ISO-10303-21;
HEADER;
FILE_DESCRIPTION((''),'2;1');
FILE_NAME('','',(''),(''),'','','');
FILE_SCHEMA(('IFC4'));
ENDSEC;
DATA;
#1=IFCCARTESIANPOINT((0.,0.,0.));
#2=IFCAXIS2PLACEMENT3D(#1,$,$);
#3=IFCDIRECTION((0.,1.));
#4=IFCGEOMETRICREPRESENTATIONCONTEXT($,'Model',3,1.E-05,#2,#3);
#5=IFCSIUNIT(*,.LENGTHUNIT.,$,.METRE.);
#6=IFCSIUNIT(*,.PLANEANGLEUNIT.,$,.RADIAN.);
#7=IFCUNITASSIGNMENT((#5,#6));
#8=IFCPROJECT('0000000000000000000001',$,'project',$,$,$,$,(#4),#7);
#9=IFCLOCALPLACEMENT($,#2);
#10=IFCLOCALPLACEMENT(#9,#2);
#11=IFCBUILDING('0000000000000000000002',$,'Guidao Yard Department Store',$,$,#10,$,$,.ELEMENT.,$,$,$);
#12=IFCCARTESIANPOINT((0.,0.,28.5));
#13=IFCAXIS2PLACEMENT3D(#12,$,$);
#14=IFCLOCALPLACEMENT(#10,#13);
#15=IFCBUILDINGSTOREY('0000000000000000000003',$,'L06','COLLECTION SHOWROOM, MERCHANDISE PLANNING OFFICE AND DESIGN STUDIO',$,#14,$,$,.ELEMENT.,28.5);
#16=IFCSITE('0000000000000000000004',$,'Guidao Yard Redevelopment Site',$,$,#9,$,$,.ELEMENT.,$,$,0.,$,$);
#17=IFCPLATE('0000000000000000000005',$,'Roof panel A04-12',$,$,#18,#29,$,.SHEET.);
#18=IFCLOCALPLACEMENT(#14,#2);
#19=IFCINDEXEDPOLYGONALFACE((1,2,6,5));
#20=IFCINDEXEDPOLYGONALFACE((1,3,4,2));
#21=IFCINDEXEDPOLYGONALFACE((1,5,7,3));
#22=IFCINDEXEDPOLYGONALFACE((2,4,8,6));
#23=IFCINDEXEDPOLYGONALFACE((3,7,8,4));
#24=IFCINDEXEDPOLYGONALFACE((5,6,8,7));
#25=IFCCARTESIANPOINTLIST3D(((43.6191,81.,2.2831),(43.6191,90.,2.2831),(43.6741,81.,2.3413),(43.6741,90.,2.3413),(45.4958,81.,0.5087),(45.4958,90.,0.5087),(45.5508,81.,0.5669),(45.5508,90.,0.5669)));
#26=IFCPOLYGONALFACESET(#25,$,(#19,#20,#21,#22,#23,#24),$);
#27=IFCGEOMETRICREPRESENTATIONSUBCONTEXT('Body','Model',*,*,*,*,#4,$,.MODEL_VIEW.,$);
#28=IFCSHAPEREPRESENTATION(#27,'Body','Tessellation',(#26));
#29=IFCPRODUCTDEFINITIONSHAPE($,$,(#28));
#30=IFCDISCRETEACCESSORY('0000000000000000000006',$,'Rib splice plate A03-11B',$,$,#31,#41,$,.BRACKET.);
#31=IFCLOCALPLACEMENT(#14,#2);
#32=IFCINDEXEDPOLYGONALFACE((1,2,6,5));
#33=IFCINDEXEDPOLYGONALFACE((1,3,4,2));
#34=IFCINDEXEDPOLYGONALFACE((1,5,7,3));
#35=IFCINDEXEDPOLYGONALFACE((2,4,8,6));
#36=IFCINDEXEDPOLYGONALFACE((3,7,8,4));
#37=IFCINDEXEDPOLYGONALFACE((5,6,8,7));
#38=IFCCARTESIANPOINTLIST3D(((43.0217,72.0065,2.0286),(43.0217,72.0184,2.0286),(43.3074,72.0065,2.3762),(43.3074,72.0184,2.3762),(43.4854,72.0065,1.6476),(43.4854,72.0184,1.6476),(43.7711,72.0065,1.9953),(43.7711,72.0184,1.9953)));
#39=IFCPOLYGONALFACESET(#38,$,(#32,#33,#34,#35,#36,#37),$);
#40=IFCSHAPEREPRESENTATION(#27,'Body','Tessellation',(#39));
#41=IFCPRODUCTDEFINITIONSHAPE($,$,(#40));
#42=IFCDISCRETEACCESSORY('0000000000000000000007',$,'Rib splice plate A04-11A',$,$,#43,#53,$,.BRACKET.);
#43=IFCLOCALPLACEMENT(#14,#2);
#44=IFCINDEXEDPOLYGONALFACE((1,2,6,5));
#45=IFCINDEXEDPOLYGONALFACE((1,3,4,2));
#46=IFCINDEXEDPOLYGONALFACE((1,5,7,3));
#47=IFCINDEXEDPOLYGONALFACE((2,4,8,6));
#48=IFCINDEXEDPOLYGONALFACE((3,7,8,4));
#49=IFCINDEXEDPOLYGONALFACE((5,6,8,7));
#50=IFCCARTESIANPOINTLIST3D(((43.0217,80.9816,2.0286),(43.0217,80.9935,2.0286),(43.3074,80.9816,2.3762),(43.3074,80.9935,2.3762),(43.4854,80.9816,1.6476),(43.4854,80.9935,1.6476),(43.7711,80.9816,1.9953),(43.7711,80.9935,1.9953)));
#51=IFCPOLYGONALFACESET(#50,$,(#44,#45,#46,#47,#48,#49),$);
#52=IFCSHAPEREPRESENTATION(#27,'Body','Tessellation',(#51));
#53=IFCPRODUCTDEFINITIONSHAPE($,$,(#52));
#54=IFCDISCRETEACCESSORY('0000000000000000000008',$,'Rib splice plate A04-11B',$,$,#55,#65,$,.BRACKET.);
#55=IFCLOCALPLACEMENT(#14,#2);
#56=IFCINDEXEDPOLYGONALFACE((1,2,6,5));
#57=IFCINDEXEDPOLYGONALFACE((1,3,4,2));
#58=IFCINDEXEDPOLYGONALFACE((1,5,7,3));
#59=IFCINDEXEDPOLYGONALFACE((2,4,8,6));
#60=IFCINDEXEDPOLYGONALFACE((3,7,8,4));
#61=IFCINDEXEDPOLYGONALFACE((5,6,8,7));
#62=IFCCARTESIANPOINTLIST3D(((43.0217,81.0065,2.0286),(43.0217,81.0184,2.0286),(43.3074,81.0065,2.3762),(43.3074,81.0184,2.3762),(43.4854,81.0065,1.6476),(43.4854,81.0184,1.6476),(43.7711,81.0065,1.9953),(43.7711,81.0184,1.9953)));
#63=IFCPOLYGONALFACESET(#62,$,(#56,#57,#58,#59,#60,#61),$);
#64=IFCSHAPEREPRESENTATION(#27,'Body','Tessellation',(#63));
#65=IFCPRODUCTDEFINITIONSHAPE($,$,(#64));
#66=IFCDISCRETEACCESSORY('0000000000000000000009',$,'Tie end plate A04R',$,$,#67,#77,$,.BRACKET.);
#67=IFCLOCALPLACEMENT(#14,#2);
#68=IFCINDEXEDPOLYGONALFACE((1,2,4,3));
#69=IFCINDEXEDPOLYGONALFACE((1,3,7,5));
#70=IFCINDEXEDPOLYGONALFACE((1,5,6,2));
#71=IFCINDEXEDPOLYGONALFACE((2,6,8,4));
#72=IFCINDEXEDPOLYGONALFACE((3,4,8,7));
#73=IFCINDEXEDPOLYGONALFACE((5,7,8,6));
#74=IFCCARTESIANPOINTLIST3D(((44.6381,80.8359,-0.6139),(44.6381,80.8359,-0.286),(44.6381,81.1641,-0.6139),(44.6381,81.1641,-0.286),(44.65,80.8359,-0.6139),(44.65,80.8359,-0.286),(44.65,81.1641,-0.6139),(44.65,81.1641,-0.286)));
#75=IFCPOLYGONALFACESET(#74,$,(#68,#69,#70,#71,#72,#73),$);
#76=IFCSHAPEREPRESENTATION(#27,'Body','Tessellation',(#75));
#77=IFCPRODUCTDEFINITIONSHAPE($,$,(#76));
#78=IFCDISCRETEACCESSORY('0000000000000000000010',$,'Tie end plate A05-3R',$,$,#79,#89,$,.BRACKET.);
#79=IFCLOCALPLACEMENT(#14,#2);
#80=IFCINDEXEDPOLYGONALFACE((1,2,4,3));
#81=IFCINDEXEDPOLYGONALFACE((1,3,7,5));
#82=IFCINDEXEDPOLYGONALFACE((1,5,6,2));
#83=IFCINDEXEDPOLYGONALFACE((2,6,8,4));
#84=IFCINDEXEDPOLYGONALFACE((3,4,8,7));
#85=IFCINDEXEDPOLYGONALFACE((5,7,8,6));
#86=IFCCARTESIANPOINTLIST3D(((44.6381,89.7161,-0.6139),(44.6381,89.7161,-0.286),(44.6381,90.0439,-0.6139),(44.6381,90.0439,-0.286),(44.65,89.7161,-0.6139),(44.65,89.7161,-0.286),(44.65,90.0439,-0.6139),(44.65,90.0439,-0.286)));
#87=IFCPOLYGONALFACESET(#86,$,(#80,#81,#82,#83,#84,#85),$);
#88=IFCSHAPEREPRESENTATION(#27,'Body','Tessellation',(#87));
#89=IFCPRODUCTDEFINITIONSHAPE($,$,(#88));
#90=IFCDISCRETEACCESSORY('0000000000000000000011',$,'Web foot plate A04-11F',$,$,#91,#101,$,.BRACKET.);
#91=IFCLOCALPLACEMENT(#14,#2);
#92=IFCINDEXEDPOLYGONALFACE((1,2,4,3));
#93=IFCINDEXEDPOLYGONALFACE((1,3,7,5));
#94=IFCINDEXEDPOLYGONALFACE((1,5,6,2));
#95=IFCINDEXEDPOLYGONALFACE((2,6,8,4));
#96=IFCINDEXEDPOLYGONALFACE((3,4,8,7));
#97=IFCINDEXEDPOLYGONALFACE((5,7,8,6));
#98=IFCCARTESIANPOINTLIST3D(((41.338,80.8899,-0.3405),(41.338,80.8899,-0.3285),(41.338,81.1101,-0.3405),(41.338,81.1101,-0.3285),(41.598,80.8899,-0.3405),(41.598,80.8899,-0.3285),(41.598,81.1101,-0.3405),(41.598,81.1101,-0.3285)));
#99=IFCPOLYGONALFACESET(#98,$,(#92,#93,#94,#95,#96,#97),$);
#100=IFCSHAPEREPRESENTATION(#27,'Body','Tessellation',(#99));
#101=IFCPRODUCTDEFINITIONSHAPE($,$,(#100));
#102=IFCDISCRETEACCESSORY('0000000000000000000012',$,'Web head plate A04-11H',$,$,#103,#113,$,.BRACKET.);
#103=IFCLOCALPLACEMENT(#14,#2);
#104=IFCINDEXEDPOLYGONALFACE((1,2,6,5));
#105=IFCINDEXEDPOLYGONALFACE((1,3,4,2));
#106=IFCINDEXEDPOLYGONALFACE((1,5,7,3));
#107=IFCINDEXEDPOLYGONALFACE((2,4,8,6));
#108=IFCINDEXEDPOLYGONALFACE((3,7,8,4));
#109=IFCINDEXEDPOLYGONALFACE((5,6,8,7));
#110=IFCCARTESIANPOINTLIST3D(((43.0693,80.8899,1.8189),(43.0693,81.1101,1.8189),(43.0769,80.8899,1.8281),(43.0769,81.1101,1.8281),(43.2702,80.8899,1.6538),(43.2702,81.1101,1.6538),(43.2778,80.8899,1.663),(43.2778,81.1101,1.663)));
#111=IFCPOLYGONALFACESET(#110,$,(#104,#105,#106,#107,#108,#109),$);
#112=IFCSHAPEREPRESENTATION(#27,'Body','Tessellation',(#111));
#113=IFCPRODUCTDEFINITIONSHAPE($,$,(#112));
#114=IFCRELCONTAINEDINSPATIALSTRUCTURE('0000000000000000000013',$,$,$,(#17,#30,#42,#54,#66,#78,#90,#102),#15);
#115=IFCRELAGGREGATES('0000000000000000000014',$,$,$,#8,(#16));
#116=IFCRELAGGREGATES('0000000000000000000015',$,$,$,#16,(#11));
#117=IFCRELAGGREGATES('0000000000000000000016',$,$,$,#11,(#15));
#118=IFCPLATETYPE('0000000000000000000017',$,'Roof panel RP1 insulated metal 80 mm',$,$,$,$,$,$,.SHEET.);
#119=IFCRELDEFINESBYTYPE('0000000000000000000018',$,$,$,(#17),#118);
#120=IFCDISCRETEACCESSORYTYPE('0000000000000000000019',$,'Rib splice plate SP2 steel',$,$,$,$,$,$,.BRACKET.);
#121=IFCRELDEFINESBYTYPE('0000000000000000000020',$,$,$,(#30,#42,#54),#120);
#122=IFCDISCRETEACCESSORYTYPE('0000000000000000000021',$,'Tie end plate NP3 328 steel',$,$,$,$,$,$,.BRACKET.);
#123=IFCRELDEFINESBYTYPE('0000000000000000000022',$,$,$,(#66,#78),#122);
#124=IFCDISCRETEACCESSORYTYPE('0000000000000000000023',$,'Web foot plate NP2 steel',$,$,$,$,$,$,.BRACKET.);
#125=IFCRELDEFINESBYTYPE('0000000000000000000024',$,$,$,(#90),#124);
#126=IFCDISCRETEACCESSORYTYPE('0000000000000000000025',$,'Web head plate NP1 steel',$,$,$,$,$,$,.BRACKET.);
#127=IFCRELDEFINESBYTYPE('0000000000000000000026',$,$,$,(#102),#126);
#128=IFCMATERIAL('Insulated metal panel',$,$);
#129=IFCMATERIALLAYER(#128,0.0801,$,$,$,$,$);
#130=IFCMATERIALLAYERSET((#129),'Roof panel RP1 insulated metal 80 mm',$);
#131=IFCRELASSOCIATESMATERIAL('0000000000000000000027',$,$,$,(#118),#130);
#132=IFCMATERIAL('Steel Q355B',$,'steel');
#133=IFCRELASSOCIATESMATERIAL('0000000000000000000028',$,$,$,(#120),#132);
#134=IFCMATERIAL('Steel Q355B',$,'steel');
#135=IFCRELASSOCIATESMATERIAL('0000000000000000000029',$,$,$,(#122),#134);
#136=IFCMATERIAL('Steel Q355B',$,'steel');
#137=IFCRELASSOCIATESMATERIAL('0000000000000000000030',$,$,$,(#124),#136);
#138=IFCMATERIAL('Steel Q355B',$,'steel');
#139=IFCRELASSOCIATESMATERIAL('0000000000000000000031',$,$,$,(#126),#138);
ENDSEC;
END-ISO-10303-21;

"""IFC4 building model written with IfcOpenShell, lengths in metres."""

from ifc_helpers import new_model, si_unit, direction, frame, origin, origin_2d, place, context, subcontext, project, spatial, polyline, rectangle, outline, extrude, material, layer, layer_set, material_profile, profile_set, type_object, element, save


model = new_model("IFC4")

# Units and contexts
model_context = context("Model", 3, precision=1e-05, world=origin(), true_north=direction((0.0, 1.0)))
body_context = subcontext(model_context, "Body", "Model", "MODEL_VIEW")
ifc_project = project(units=[si_unit("LENGTHUNIT", "METRE"), si_unit("PLANEANGLEUNIT", "RADIAN")], contexts=[model_context])

# Site, building, storey
site_placement = place(None, origin())
site = spatial("IfcSite", under=ifc_project, at=site_placement, Name="Guidao Yard Redevelopment Site", CompositionType="ELEMENT", RefElevation=0.0)
building_placement = place(site_placement, origin())
building = spatial("IfcBuilding", under=site, at=building_placement, Name="Guidao Yard Department Store", CompositionType="ELEMENT")
storey_placement = place(building_placement, frame((0.0, 0.0, 28.5)))
storey = spatial("IfcBuildingStorey", under=building, at=storey_placement, Name="L06", Description="COLLECTION SHOWROOM, MERCHANDISE PLANNING OFFICE AND DESIGN STUDIO", CompositionType="ELEMENT", Elevation=28.5)

# Plate
ifc_material_1 = material(Name="Insulated metal panel")
ifc_layer = layer(ifc_material_1, 0.0801)
ifc_layer_set = layer_set([ifc_layer], Name="Roof panel RP1 insulated metal 80 mm")
plate_type = type_object("IfcPlateType", Name="Roof panel RP1 insulated metal 80 mm", PredefinedType="SHEET", material=ifc_layer_set)
plate_1_placement = place(storey_placement, frame((43.6741, 81.0, 2.3413), z_axis=(0.687026, 0.0, 0.726633), x_axis=(0.726633, 0.0, -0.687026)))
element("IfcPlate", 1, at=plate_1_placement, inside=storey, type_object=plate_type, Name="Roof panel A04-12", PredefinedType="SHEET", context=body_context, shape_type="SweptSolid", body=[
    extrude(outline(polyline([(0.0, 0.0), (2.5827, 0.0), (2.5827, 9.0), (0.0, 9.0), (0.0, 0.0)])), origin(), (0.0, 0.0, -1.0), 0.0801),
])

# Discrete accessories
ifc_material_2 = material(Name="Steel Q355B", Category="steel")
ifc_material_profile_1 = material_profile(ifc_material_2, rectangle(XDim=0.012, YDim=0.45, at=origin_2d()), Name="Splice plate 450x12")
ifc_profile_set_1 = profile_set([ifc_material_profile_1], Name="Steel Q355B")
discrete_accessory_type_1 = type_object("IfcDiscreteAccessoryType", Name="Rib splice plate SP2 steel", PredefinedType="BRACKET", material=ifc_profile_set_1)
for number, where, z_axis, x_axis, name in (
    (2, (43.1646, 72.0125, 2.2024), (0.772705, 0.0, -0.634765), (0.0, 1.0, 0.0), "Rib splice plate A03-11B"),
    (3, (43.1646, 80.9875, 2.2024), (0.772705, 0.0, -0.634765), (0.0, 1.0, 0.0), "Rib splice plate A04-11A"),
    (4, (43.1646, 81.0125, 2.2024), (0.772705, 0.0, -0.634765), (0.0, 1.0, 0.0), "Rib splice plate A04-11B"),
):
    element("IfcDiscreteAccessory", number, at=place(storey_placement, frame(where, z_axis=z_axis, x_axis=x_axis)), inside=storey, type_object=discrete_accessory_type_1, Name=name, PredefinedType="BRACKET", context=body_context, shape_type="SweptSolid", body=[
        extrude(rectangle(XDim=0.012, YDim=0.45, at=origin_2d()), origin(), (0.0, 0.0, 1.0), 0.6001),
    ])
ifc_material_3 = material(Name="Steel Q355B", Category="steel")
ifc_material_profile_2 = material_profile(ifc_material_3, rectangle(XDim=0.3279, YDim=0.012, at=origin_2d()), Name="Node plate 328x12")
ifc_profile_set_2 = profile_set([ifc_material_profile_2], Name="Steel Q355B")
discrete_accessory_type_2 = type_object("IfcDiscreteAccessoryType", Name="Tie end plate NP3 328 steel", PredefinedType="BRACKET", material=ifc_profile_set_2)
discrete_accessory_1_placement = place(storey_placement, frame((44.644, 80.8359, -0.45), z_axis=(0.0, 1.0, 0.0), x_axis=(0.0, 0.0, 1.0)))
element("IfcDiscreteAccessory", 5, at=discrete_accessory_1_placement, inside=storey, type_object=discrete_accessory_type_2, Name="Tie end plate A04R", PredefinedType="BRACKET", context=body_context, shape_type="SweptSolid", body=[
    extrude(rectangle(XDim=0.3279, YDim=0.012, at=origin_2d()), origin(), (0.0, 0.0, 1.0), 0.3281),
])
discrete_accessory_2_placement = place(storey_placement, frame((44.644, 89.7161, -0.45), z_axis=(0.0, 1.0, 0.0), x_axis=(0.0, 0.0, 1.0)))
element("IfcDiscreteAccessory", 6, at=discrete_accessory_2_placement, inside=storey, type_object=discrete_accessory_type_2, Name="Tie end plate A05-3R", PredefinedType="BRACKET", context=body_context, shape_type="SweptSolid", body=[
    extrude(rectangle(XDim=0.3279, YDim=0.012, at=origin_2d()), origin(), (0.0, 0.0, 1.0), 0.3279),
])
ifc_material_4 = material(Name="Steel Q355B", Category="steel")
ifc_material_profile_3 = material_profile(ifc_material_4, rectangle(XDim=0.26, YDim=0.012, at=origin_2d()), Name="Node plate 260x12")
ifc_profile_set_3 = profile_set([ifc_material_profile_3], Name="Steel Q355B")
discrete_accessory_type_3 = type_object("IfcDiscreteAccessoryType", Name="Web foot plate NP2 steel", PredefinedType="BRACKET", material=ifc_profile_set_3)
discrete_accessory_3_placement = place(storey_placement, frame((41.468, 80.8899, -0.3345), z_axis=(0.0, 1.0, 0.0), x_axis=(-1.0, 0.0, 0.0)))
element("IfcDiscreteAccessory", 7, at=discrete_accessory_3_placement, inside=storey, type_object=discrete_accessory_type_3, Name="Web foot plate A04-11F", PredefinedType="BRACKET", context=body_context, shape_type="SweptSolid", body=[
    extrude(rectangle(XDim=0.26, YDim=0.012, at=origin_2d()), origin(), (0.0, 0.0, 1.0), 0.2202),
])
ifc_material_5 = material(Name="Steel Q355B", Category="steel")
ifc_material_profile_4 = material_profile(ifc_material_5, rectangle(XDim=0.26, YDim=0.012, at=origin_2d()), Name="Node plate 260x12")
ifc_profile_set_4 = profile_set([ifc_material_profile_4], Name="Steel Q355B")
discrete_accessory_type_4 = type_object("IfcDiscreteAccessoryType", Name="Web head plate NP1 steel", PredefinedType="BRACKET", material=ifc_profile_set_4)
discrete_accessory_4_placement = place(storey_placement, frame((43.1736, 80.8899, 1.741), z_axis=(0.0, 1.0, 0.0), x_axis=(-0.77257, 0.0, 0.63493)))
element("IfcDiscreteAccessory", 8, at=discrete_accessory_4_placement, inside=storey, type_object=discrete_accessory_type_4, Name="Web head plate A04-11H", PredefinedType="BRACKET", context=body_context, shape_type="SweptSolid", body=[
    extrude(rectangle(XDim=0.26, YDim=0.012, at=origin_2d()), origin(), (0.0, 0.0, 1.0), 0.2202),
])

save(model, "model.ifc")
